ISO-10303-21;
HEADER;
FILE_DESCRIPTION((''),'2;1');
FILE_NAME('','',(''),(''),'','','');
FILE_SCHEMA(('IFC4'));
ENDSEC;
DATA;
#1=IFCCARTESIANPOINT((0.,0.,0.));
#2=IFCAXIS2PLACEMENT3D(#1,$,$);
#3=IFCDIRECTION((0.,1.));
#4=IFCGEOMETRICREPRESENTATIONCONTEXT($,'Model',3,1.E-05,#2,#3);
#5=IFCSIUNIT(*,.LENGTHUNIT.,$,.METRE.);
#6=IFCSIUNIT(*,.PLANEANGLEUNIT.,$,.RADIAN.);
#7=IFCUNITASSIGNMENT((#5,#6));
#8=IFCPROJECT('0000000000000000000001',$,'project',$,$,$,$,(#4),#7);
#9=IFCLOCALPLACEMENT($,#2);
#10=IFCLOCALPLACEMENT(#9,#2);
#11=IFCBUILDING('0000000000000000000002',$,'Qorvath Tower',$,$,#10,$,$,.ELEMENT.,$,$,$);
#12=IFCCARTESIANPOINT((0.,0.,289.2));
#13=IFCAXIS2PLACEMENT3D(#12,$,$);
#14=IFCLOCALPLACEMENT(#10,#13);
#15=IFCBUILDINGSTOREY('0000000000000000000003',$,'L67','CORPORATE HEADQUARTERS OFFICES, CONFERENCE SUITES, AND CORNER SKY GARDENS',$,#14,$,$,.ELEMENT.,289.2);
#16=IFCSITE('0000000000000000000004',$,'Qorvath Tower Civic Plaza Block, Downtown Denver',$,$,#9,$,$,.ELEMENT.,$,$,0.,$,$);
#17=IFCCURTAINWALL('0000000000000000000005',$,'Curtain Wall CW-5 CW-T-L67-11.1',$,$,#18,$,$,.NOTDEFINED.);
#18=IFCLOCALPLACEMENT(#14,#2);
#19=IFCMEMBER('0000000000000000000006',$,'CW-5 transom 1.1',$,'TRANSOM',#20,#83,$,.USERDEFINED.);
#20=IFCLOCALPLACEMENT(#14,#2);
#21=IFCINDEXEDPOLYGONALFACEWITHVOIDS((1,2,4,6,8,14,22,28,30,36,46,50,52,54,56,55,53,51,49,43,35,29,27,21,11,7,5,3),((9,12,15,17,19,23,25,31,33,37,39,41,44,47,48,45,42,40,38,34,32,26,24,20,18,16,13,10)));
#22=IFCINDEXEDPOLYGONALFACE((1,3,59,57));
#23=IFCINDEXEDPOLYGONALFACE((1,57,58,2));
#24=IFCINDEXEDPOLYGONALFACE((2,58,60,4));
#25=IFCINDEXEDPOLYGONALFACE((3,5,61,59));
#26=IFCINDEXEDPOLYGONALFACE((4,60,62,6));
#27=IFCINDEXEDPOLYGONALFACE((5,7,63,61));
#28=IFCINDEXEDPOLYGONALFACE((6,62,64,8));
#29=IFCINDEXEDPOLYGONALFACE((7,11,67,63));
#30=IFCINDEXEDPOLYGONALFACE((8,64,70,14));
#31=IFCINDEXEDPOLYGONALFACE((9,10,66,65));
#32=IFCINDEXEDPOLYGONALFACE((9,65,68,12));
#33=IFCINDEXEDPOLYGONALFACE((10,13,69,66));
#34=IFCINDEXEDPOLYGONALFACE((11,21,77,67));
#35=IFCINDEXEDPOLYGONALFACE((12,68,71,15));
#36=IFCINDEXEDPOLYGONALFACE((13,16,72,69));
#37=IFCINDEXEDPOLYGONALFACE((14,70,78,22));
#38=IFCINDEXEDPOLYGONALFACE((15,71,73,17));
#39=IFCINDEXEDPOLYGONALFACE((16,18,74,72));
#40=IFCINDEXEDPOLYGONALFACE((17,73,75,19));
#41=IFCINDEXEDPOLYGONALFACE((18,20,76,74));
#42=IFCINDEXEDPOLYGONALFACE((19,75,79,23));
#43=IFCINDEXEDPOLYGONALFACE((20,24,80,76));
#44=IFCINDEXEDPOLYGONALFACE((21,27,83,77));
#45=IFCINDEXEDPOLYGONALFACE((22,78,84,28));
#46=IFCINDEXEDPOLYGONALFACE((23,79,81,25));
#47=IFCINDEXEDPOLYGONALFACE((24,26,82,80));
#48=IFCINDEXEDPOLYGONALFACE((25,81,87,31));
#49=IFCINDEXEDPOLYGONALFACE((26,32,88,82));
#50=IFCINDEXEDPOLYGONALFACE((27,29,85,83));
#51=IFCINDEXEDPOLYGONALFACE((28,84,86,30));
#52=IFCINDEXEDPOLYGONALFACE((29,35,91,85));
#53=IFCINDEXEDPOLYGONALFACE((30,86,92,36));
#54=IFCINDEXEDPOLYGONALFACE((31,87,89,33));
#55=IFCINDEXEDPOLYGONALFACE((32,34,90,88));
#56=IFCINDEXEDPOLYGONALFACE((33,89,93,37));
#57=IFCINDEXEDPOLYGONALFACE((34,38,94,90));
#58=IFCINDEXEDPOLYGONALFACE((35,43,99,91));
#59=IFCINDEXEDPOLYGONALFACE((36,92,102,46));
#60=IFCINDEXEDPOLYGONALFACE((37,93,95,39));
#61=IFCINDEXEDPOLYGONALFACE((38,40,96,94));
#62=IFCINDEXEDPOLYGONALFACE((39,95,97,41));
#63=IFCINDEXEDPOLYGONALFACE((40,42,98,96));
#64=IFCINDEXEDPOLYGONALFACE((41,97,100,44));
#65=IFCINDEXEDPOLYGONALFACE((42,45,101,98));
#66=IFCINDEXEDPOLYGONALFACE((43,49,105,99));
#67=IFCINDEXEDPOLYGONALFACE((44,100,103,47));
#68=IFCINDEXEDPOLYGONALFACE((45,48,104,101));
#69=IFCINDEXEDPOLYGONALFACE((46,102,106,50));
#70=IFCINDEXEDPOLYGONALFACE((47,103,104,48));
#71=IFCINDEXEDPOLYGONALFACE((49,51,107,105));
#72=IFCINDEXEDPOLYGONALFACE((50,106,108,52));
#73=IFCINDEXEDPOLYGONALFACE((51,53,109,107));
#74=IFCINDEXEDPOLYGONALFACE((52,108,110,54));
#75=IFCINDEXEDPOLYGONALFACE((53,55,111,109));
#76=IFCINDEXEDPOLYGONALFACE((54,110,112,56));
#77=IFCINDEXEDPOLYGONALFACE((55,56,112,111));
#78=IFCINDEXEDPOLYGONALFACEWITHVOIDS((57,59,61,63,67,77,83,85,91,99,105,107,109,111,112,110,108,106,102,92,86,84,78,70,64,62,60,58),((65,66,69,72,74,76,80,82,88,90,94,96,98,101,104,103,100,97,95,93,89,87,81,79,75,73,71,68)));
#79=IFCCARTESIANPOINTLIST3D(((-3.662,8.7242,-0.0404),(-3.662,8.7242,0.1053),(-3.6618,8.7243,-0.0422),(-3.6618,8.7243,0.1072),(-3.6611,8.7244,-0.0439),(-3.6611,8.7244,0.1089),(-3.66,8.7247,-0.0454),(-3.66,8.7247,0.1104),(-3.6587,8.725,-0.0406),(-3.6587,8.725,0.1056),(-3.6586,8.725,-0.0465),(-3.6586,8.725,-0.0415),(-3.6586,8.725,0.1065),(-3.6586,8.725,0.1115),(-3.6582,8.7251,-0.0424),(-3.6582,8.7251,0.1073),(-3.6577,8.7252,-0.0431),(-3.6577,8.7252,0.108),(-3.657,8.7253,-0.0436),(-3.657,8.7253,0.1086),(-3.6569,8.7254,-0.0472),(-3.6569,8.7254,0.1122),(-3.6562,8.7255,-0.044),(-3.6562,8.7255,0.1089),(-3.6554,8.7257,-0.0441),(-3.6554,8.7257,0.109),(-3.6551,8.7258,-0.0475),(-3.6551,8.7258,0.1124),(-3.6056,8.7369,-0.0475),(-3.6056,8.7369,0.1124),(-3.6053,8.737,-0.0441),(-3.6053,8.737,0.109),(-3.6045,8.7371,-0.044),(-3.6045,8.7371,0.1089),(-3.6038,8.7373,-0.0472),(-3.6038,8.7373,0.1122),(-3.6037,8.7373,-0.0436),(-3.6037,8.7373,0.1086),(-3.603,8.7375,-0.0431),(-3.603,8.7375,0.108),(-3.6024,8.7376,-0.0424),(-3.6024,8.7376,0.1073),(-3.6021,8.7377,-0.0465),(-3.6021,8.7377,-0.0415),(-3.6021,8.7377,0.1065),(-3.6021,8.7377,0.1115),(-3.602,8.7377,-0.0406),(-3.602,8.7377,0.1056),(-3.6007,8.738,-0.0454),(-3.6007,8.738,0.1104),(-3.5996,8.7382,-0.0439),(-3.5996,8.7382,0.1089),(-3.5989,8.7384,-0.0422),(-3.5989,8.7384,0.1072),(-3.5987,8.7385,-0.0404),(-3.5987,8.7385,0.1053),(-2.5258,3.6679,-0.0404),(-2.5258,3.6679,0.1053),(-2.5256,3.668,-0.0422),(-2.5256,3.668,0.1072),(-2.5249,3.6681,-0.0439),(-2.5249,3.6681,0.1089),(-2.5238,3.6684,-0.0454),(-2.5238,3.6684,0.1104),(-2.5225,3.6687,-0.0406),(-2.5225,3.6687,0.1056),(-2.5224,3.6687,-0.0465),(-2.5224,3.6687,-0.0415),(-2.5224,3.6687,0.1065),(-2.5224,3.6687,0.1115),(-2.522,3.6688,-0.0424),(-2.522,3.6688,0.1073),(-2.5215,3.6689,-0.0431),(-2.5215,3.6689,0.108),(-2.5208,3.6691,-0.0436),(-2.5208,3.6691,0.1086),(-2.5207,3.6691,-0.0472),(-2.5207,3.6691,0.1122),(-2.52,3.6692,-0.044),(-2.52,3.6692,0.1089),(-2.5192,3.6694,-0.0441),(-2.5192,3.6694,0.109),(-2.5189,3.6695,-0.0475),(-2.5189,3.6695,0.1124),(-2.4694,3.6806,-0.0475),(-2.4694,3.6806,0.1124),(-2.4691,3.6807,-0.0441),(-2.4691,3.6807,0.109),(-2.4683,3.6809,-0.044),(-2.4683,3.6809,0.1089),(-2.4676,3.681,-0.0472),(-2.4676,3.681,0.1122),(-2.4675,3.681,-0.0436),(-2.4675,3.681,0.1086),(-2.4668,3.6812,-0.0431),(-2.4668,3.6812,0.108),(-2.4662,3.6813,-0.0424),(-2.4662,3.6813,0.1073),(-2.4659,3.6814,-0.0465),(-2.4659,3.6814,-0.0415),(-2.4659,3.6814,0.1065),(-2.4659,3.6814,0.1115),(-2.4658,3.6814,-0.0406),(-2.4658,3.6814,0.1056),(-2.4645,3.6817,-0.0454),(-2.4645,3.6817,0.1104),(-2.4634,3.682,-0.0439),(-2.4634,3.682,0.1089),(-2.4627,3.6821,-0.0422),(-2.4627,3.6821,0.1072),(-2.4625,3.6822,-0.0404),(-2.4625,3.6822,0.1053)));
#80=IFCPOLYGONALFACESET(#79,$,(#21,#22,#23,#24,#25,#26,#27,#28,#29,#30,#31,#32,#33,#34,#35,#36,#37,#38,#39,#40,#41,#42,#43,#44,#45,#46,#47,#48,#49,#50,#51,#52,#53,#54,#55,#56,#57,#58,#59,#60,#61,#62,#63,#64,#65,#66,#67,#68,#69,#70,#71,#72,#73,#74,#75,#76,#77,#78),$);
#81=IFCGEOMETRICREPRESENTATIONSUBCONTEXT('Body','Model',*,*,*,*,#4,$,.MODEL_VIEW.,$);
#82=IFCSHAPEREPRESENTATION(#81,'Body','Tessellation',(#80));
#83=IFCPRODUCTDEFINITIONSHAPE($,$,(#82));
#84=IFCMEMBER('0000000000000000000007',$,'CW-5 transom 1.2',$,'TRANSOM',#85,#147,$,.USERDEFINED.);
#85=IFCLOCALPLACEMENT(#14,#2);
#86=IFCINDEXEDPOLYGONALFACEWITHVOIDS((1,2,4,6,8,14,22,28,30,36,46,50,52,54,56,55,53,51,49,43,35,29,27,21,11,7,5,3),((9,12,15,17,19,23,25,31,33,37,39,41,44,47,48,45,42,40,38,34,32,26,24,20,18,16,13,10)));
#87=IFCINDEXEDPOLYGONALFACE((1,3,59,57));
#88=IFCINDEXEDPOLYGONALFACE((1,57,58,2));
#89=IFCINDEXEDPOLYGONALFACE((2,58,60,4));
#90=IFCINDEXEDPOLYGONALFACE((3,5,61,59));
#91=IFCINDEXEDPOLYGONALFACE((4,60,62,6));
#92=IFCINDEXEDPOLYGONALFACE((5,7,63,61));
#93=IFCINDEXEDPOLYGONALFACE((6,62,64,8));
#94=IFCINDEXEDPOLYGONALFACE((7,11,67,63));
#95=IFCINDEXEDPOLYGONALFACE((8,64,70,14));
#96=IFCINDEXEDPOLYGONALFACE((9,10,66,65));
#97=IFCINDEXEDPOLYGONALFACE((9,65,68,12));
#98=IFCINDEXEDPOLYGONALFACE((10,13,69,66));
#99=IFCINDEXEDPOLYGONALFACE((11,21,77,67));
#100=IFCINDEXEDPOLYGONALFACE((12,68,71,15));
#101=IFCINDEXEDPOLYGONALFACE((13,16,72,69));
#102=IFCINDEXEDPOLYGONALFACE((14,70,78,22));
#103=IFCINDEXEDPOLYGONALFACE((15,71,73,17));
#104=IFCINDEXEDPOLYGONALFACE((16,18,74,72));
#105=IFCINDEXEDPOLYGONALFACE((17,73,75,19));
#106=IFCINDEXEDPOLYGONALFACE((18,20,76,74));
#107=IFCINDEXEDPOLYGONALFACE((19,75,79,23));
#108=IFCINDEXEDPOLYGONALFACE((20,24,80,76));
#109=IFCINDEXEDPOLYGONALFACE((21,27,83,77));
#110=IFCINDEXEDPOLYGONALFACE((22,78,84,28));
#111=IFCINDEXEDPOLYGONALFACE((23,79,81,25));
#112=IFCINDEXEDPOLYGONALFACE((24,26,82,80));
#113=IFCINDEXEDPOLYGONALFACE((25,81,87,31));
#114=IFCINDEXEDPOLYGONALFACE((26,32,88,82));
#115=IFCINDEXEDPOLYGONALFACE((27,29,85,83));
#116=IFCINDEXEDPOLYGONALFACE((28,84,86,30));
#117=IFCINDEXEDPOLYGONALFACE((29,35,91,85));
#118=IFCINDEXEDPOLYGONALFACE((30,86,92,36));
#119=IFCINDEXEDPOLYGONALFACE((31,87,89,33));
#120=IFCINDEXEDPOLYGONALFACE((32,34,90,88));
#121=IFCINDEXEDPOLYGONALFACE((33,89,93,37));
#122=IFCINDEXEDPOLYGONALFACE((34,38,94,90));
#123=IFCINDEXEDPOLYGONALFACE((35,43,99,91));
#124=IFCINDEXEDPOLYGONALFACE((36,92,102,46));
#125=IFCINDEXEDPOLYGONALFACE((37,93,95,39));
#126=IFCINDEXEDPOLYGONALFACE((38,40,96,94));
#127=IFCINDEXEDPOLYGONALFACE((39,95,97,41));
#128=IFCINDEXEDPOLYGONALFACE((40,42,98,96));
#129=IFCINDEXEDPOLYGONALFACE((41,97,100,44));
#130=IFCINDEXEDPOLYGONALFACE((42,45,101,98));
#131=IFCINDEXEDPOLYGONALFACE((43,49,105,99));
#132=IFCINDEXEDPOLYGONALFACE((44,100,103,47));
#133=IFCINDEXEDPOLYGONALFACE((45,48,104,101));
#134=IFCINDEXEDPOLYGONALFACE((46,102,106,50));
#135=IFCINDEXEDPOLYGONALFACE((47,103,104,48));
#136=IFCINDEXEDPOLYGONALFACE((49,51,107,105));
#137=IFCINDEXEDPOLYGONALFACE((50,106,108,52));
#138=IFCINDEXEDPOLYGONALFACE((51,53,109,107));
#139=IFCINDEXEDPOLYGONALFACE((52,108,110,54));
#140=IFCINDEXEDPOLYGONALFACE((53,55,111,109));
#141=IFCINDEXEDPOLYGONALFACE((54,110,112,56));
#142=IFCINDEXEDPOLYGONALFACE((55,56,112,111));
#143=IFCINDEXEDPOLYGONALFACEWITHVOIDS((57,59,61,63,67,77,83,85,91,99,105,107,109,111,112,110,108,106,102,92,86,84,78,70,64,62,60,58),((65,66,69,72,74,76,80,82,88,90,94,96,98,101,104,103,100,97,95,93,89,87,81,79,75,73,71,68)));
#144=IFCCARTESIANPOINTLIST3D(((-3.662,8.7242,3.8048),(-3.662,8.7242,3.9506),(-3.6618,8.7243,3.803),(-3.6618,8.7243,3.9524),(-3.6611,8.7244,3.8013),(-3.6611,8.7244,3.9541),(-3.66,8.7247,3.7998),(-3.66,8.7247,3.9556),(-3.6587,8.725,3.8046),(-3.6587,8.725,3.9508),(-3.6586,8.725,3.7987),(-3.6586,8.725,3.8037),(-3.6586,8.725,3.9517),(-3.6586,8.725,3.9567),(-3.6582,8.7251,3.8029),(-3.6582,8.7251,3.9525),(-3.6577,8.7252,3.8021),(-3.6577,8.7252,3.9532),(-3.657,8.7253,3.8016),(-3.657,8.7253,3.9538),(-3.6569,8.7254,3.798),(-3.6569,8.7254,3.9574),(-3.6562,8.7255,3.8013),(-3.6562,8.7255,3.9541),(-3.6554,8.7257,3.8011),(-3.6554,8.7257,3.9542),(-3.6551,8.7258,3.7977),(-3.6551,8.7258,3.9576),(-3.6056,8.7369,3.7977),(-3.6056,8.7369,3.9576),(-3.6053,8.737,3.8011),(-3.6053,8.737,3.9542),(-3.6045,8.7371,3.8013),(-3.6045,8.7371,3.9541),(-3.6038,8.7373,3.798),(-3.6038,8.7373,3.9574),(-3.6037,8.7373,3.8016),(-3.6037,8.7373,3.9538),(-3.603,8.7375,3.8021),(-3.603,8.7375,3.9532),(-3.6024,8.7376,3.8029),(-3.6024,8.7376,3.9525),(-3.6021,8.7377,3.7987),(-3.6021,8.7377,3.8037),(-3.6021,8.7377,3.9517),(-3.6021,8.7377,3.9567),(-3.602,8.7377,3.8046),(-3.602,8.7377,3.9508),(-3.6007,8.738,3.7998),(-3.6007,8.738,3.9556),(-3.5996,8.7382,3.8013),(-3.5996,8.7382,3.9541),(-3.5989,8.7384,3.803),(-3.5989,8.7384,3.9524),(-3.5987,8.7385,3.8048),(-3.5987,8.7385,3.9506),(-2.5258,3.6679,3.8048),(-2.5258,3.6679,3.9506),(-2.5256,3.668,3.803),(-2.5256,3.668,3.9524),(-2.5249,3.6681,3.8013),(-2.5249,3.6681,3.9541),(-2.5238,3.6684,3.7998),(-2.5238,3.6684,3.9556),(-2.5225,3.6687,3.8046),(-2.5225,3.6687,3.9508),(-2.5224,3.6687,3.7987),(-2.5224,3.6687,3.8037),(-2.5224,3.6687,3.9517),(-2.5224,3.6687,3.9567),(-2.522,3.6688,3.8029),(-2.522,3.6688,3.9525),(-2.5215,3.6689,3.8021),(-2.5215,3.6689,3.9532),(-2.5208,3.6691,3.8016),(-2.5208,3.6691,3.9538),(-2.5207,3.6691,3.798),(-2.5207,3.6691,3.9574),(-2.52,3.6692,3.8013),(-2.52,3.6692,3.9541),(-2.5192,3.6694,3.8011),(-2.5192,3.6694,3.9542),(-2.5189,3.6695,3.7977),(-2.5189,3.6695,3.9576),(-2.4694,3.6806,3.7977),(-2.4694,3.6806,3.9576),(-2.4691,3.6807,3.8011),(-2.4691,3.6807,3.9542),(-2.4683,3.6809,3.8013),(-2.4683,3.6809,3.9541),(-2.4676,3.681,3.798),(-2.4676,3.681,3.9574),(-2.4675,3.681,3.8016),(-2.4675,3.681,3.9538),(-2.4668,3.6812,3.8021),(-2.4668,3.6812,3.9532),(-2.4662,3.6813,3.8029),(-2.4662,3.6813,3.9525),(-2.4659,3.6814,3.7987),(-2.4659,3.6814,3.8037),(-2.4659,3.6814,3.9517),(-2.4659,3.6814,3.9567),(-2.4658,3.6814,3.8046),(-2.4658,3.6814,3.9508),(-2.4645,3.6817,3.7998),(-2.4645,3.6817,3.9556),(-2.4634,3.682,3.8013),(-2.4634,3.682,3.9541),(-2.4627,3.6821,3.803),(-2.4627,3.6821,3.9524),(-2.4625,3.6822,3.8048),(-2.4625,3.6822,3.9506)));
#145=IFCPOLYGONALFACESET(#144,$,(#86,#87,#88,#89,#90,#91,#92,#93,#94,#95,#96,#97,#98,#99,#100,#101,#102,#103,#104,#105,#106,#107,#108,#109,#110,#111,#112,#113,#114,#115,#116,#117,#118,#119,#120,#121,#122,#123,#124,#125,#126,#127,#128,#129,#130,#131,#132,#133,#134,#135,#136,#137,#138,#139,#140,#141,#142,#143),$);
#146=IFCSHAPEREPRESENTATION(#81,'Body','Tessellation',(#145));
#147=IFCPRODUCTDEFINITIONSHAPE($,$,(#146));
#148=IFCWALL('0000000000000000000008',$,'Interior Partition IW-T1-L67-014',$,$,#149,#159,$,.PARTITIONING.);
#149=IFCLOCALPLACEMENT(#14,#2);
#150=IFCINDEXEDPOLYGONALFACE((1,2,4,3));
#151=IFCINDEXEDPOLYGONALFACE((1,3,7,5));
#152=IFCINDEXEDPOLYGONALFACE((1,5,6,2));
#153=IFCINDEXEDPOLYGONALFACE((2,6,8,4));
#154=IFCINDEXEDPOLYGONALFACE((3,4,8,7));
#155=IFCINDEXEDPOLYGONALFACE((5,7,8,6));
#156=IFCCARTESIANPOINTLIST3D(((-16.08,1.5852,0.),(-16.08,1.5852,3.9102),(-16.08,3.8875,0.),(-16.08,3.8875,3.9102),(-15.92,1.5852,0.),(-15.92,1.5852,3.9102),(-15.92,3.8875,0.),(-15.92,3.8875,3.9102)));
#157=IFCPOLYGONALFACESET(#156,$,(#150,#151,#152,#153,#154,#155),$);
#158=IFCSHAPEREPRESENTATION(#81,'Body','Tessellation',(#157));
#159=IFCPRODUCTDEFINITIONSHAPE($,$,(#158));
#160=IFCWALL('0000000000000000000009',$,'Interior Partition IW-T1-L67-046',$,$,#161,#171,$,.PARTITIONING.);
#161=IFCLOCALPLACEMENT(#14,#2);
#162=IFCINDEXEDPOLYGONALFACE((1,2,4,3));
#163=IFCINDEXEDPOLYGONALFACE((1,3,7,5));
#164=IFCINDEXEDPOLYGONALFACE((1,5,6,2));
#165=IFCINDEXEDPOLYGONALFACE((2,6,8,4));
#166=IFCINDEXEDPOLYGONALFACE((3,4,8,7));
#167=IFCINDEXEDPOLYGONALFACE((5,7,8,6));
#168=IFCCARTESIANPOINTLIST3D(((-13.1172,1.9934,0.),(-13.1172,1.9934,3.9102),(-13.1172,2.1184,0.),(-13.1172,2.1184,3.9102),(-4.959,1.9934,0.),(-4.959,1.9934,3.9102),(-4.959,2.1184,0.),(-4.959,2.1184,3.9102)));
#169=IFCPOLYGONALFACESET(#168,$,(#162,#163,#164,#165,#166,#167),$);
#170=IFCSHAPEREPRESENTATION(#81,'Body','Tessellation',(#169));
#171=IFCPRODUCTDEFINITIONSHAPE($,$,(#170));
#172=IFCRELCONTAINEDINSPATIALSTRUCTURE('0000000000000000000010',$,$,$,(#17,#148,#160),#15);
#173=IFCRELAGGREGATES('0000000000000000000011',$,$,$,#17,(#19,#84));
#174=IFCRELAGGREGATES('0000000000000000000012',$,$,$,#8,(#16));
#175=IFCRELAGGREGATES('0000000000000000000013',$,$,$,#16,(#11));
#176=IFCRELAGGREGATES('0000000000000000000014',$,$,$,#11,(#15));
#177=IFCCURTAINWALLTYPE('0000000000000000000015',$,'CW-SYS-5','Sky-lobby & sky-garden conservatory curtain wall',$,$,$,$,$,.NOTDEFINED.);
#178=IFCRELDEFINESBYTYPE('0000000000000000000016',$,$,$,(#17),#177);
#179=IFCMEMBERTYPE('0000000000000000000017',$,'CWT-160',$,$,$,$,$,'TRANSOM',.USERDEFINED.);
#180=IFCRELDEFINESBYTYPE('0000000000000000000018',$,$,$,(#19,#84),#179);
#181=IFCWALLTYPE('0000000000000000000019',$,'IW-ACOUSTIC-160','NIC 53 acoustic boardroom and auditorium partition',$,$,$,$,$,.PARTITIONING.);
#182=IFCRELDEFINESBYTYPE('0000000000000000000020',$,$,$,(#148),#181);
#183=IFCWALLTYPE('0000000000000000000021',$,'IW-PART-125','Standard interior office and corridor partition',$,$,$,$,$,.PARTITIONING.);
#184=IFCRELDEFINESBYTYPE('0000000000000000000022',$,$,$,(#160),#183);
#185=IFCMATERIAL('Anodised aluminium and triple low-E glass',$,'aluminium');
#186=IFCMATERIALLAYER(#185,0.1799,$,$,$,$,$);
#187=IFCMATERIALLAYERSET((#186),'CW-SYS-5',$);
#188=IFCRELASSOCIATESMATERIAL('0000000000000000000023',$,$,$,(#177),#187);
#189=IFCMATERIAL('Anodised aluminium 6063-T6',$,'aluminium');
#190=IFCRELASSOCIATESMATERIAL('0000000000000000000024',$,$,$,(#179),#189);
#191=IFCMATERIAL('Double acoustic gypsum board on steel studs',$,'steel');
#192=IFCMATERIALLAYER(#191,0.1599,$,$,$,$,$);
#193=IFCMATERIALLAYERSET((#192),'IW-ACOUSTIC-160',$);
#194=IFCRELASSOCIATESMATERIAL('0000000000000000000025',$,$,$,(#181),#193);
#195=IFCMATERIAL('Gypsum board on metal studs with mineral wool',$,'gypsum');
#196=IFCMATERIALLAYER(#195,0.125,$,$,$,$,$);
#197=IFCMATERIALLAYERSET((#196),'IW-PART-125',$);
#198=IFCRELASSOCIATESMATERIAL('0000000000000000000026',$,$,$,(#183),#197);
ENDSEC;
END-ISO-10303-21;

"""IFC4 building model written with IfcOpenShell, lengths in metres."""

from ifc_helpers import new_model, si_unit, direction, frame, frame_2d, origin, origin_2d, place, context, subcontext, project, spatial, rectangle, hollow_rectangle, extrude, material, layer, layer_set, material_profile, profile_set, type_object, element, aggregate, save


model = new_model("IFC4")

# Units and contexts
model_context = context("Model", 3, precision=1e-05, world=origin(), true_north=direction((0.0, 1.0)))
body_context = subcontext(model_context, "Body", "Model", "MODEL_VIEW")
ifc_project = project(units=[si_unit("LENGTHUNIT", "METRE"), si_unit("PLANEANGLEUNIT", "RADIAN")], contexts=[model_context])

# Site, building, storey
site_placement = place(None, origin())
site = spatial("IfcSite", under=ifc_project, at=site_placement, Name="Qorvath Tower Civic Plaza Block, Downtown Denver", CompositionType="ELEMENT", RefElevation=0.0)
building_placement = place(site_placement, origin())
building = spatial("IfcBuilding", under=site, at=building_placement, Name="Qorvath Tower", CompositionType="ELEMENT")
storey_placement = place(building_placement, frame((0.0, 0.0, 289.2)))
storey = spatial("IfcBuildingStorey", under=building, at=storey_placement, Name="L67", Description="CORPORATE HEADQUARTERS OFFICES, CONFERENCE SUITES, AND CORNER SKY GARDENS", CompositionType="ELEMENT", Elevation=289.2)

# Shared definitions
ifc_material_1 = material(Name="Anodised aluminium and triple low-E glass", Category="aluminium")
ifc_layer_1 = layer(ifc_material_1, 0.1799)
ifc_layer_set_1 = layer_set([ifc_layer_1], Name="CW-SYS-5")
curtain_wall_type = type_object("IfcCurtainWallType", Name="CW-SYS-5", Description="Sky-lobby & sky-garden conservatory curtain wall", PredefinedType="NOTDEFINED", material=ifc_layer_set_1)

# Curtain wall, members
curtain_wall_1_placement = place(storey_placement, origin())
curtain_wall_1 = element("IfcCurtainWall", 1, at=curtain_wall_1_placement, inside=storey, type_object=curtain_wall_type, Name="Curtain Wall CW-5 CW-T-L67-11.1", PredefinedType="NOTDEFINED")
ifc_material_2 = material(Name="Anodised aluminium 6063-T6", Category="aluminium")
ifc_material_profile_1 = material_profile(ifc_material_2, hollow_rectangle(XDim=0.0649, YDim=0.1599, WallThickness=0.0034, InnerFilletRadius=0.0034, OuterFilletRadius=0.0071, at=origin_2d()), Name="CWT 160x65")
ifc_profile_set_1 = profile_set([ifc_material_profile_1], Name="Anodised aluminium 6063-T6")
member_type_1 = type_object("IfcMemberType", Name="CWT-160", ElementType="TRANSOM", PredefinedType="USERDEFINED", material=ifc_profile_set_1)
member_1_placement = place(storey_placement, frame((-2.4941, 3.675, 0.0325), z_axis=(-0.219244, 0.97567, 0.0), x_axis=(-0.97567, -0.219244, 0.0)))
member_1 = element("IfcMember", 2, at=member_1_placement, type_object=member_type_1, Name="CW-5 transom 1.1", ObjectType="TRANSOM", PredefinedType="USERDEFINED", context=body_context, shape_type="SweptSolid", body=[
    extrude(hollow_rectangle(XDim=0.0649, YDim=0.1599, WallThickness=0.0034, InnerFilletRadius=0.0034, OuterFilletRadius=0.0071, at=origin_2d()), origin(), (0.0, 0.0, 1.0), 5.1824),
])
member_2_placement = place(storey_placement, frame((-2.4941, 3.675, 3.8777), z_axis=(-0.219244, 0.97567, 0.0), x_axis=(-0.97567, -0.219244, 0.0)))
member_2 = element("IfcMember", 3, at=member_2_placement, type_object=member_type_1, Name="CW-5 transom 1.2", ObjectType="TRANSOM", PredefinedType="USERDEFINED", context=body_context, shape_type="SweptSolid", body=[
    extrude(hollow_rectangle(XDim=0.0649, YDim=0.1599, WallThickness=0.0034, InnerFilletRadius=0.0034, OuterFilletRadius=0.0071, at=origin_2d()), origin(), (0.0, 0.0, 1.0), 5.1824),
])
aggregate(curtain_wall_1, [member_1, member_2])

# Walls
ifc_material_3 = material(Name="Double acoustic gypsum board on steel studs", Category="steel")
ifc_layer_2 = layer(ifc_material_3, 0.1599)
ifc_layer_set_2 = layer_set([ifc_layer_2], Name="IW-ACOUSTIC-160")
wall_type_1 = type_object("IfcWallType", Name="IW-ACOUSTIC-160", Description="NIC 53 acoustic boardroom and auditorium partition", PredefinedType="PARTITIONING", material=ifc_layer_set_2)
wall_1_placement = place(storey_placement, frame((-16.0, 1.5852, 0.0), z_axis=(0.0, 0.0, 1.0), x_axis=(0.0, 1.0, 0.0)))
element("IfcWall", 4, at=wall_1_placement, inside=storey, type_object=wall_type_1, Name="Interior Partition IW-T1-L67-014", PredefinedType="PARTITIONING", context=body_context, shape_type="SweptSolid", body=[
    extrude(rectangle(XDim=2.3022, YDim=0.1599, at=frame_2d((1.1511, 0.0))), origin(), (0.0, 0.0, 1.0), 3.9102),
])
ifc_material_4 = material(Name="Gypsum board on metal studs with mineral wool", Category="gypsum")
ifc_layer_3 = layer(ifc_material_4, 0.125)
ifc_layer_set_3 = layer_set([ifc_layer_3], Name="IW-PART-125")
wall_type_2 = type_object("IfcWallType", Name="IW-PART-125", Description="Standard interior office and corridor partition", PredefinedType="PARTITIONING", material=ifc_layer_set_3)
wall_2_placement = place(storey_placement, frame((-4.959, 2.0559, 0.0), z_axis=(0.0, 0.0, 1.0), x_axis=(-1.0, 0.0, 0.0)))
element("IfcWall", 5, at=wall_2_placement, inside=storey, type_object=wall_type_2, Name="Interior Partition IW-T1-L67-046", PredefinedType="PARTITIONING", context=body_context, shape_type="SweptSolid", body=[
    extrude(rectangle(XDim=8.1582, YDim=0.125, at=frame_2d((4.0791, 0.0))), origin(), (0.0, 0.0, 1.0), 3.9102),
])

save(model, "model.ifc")
